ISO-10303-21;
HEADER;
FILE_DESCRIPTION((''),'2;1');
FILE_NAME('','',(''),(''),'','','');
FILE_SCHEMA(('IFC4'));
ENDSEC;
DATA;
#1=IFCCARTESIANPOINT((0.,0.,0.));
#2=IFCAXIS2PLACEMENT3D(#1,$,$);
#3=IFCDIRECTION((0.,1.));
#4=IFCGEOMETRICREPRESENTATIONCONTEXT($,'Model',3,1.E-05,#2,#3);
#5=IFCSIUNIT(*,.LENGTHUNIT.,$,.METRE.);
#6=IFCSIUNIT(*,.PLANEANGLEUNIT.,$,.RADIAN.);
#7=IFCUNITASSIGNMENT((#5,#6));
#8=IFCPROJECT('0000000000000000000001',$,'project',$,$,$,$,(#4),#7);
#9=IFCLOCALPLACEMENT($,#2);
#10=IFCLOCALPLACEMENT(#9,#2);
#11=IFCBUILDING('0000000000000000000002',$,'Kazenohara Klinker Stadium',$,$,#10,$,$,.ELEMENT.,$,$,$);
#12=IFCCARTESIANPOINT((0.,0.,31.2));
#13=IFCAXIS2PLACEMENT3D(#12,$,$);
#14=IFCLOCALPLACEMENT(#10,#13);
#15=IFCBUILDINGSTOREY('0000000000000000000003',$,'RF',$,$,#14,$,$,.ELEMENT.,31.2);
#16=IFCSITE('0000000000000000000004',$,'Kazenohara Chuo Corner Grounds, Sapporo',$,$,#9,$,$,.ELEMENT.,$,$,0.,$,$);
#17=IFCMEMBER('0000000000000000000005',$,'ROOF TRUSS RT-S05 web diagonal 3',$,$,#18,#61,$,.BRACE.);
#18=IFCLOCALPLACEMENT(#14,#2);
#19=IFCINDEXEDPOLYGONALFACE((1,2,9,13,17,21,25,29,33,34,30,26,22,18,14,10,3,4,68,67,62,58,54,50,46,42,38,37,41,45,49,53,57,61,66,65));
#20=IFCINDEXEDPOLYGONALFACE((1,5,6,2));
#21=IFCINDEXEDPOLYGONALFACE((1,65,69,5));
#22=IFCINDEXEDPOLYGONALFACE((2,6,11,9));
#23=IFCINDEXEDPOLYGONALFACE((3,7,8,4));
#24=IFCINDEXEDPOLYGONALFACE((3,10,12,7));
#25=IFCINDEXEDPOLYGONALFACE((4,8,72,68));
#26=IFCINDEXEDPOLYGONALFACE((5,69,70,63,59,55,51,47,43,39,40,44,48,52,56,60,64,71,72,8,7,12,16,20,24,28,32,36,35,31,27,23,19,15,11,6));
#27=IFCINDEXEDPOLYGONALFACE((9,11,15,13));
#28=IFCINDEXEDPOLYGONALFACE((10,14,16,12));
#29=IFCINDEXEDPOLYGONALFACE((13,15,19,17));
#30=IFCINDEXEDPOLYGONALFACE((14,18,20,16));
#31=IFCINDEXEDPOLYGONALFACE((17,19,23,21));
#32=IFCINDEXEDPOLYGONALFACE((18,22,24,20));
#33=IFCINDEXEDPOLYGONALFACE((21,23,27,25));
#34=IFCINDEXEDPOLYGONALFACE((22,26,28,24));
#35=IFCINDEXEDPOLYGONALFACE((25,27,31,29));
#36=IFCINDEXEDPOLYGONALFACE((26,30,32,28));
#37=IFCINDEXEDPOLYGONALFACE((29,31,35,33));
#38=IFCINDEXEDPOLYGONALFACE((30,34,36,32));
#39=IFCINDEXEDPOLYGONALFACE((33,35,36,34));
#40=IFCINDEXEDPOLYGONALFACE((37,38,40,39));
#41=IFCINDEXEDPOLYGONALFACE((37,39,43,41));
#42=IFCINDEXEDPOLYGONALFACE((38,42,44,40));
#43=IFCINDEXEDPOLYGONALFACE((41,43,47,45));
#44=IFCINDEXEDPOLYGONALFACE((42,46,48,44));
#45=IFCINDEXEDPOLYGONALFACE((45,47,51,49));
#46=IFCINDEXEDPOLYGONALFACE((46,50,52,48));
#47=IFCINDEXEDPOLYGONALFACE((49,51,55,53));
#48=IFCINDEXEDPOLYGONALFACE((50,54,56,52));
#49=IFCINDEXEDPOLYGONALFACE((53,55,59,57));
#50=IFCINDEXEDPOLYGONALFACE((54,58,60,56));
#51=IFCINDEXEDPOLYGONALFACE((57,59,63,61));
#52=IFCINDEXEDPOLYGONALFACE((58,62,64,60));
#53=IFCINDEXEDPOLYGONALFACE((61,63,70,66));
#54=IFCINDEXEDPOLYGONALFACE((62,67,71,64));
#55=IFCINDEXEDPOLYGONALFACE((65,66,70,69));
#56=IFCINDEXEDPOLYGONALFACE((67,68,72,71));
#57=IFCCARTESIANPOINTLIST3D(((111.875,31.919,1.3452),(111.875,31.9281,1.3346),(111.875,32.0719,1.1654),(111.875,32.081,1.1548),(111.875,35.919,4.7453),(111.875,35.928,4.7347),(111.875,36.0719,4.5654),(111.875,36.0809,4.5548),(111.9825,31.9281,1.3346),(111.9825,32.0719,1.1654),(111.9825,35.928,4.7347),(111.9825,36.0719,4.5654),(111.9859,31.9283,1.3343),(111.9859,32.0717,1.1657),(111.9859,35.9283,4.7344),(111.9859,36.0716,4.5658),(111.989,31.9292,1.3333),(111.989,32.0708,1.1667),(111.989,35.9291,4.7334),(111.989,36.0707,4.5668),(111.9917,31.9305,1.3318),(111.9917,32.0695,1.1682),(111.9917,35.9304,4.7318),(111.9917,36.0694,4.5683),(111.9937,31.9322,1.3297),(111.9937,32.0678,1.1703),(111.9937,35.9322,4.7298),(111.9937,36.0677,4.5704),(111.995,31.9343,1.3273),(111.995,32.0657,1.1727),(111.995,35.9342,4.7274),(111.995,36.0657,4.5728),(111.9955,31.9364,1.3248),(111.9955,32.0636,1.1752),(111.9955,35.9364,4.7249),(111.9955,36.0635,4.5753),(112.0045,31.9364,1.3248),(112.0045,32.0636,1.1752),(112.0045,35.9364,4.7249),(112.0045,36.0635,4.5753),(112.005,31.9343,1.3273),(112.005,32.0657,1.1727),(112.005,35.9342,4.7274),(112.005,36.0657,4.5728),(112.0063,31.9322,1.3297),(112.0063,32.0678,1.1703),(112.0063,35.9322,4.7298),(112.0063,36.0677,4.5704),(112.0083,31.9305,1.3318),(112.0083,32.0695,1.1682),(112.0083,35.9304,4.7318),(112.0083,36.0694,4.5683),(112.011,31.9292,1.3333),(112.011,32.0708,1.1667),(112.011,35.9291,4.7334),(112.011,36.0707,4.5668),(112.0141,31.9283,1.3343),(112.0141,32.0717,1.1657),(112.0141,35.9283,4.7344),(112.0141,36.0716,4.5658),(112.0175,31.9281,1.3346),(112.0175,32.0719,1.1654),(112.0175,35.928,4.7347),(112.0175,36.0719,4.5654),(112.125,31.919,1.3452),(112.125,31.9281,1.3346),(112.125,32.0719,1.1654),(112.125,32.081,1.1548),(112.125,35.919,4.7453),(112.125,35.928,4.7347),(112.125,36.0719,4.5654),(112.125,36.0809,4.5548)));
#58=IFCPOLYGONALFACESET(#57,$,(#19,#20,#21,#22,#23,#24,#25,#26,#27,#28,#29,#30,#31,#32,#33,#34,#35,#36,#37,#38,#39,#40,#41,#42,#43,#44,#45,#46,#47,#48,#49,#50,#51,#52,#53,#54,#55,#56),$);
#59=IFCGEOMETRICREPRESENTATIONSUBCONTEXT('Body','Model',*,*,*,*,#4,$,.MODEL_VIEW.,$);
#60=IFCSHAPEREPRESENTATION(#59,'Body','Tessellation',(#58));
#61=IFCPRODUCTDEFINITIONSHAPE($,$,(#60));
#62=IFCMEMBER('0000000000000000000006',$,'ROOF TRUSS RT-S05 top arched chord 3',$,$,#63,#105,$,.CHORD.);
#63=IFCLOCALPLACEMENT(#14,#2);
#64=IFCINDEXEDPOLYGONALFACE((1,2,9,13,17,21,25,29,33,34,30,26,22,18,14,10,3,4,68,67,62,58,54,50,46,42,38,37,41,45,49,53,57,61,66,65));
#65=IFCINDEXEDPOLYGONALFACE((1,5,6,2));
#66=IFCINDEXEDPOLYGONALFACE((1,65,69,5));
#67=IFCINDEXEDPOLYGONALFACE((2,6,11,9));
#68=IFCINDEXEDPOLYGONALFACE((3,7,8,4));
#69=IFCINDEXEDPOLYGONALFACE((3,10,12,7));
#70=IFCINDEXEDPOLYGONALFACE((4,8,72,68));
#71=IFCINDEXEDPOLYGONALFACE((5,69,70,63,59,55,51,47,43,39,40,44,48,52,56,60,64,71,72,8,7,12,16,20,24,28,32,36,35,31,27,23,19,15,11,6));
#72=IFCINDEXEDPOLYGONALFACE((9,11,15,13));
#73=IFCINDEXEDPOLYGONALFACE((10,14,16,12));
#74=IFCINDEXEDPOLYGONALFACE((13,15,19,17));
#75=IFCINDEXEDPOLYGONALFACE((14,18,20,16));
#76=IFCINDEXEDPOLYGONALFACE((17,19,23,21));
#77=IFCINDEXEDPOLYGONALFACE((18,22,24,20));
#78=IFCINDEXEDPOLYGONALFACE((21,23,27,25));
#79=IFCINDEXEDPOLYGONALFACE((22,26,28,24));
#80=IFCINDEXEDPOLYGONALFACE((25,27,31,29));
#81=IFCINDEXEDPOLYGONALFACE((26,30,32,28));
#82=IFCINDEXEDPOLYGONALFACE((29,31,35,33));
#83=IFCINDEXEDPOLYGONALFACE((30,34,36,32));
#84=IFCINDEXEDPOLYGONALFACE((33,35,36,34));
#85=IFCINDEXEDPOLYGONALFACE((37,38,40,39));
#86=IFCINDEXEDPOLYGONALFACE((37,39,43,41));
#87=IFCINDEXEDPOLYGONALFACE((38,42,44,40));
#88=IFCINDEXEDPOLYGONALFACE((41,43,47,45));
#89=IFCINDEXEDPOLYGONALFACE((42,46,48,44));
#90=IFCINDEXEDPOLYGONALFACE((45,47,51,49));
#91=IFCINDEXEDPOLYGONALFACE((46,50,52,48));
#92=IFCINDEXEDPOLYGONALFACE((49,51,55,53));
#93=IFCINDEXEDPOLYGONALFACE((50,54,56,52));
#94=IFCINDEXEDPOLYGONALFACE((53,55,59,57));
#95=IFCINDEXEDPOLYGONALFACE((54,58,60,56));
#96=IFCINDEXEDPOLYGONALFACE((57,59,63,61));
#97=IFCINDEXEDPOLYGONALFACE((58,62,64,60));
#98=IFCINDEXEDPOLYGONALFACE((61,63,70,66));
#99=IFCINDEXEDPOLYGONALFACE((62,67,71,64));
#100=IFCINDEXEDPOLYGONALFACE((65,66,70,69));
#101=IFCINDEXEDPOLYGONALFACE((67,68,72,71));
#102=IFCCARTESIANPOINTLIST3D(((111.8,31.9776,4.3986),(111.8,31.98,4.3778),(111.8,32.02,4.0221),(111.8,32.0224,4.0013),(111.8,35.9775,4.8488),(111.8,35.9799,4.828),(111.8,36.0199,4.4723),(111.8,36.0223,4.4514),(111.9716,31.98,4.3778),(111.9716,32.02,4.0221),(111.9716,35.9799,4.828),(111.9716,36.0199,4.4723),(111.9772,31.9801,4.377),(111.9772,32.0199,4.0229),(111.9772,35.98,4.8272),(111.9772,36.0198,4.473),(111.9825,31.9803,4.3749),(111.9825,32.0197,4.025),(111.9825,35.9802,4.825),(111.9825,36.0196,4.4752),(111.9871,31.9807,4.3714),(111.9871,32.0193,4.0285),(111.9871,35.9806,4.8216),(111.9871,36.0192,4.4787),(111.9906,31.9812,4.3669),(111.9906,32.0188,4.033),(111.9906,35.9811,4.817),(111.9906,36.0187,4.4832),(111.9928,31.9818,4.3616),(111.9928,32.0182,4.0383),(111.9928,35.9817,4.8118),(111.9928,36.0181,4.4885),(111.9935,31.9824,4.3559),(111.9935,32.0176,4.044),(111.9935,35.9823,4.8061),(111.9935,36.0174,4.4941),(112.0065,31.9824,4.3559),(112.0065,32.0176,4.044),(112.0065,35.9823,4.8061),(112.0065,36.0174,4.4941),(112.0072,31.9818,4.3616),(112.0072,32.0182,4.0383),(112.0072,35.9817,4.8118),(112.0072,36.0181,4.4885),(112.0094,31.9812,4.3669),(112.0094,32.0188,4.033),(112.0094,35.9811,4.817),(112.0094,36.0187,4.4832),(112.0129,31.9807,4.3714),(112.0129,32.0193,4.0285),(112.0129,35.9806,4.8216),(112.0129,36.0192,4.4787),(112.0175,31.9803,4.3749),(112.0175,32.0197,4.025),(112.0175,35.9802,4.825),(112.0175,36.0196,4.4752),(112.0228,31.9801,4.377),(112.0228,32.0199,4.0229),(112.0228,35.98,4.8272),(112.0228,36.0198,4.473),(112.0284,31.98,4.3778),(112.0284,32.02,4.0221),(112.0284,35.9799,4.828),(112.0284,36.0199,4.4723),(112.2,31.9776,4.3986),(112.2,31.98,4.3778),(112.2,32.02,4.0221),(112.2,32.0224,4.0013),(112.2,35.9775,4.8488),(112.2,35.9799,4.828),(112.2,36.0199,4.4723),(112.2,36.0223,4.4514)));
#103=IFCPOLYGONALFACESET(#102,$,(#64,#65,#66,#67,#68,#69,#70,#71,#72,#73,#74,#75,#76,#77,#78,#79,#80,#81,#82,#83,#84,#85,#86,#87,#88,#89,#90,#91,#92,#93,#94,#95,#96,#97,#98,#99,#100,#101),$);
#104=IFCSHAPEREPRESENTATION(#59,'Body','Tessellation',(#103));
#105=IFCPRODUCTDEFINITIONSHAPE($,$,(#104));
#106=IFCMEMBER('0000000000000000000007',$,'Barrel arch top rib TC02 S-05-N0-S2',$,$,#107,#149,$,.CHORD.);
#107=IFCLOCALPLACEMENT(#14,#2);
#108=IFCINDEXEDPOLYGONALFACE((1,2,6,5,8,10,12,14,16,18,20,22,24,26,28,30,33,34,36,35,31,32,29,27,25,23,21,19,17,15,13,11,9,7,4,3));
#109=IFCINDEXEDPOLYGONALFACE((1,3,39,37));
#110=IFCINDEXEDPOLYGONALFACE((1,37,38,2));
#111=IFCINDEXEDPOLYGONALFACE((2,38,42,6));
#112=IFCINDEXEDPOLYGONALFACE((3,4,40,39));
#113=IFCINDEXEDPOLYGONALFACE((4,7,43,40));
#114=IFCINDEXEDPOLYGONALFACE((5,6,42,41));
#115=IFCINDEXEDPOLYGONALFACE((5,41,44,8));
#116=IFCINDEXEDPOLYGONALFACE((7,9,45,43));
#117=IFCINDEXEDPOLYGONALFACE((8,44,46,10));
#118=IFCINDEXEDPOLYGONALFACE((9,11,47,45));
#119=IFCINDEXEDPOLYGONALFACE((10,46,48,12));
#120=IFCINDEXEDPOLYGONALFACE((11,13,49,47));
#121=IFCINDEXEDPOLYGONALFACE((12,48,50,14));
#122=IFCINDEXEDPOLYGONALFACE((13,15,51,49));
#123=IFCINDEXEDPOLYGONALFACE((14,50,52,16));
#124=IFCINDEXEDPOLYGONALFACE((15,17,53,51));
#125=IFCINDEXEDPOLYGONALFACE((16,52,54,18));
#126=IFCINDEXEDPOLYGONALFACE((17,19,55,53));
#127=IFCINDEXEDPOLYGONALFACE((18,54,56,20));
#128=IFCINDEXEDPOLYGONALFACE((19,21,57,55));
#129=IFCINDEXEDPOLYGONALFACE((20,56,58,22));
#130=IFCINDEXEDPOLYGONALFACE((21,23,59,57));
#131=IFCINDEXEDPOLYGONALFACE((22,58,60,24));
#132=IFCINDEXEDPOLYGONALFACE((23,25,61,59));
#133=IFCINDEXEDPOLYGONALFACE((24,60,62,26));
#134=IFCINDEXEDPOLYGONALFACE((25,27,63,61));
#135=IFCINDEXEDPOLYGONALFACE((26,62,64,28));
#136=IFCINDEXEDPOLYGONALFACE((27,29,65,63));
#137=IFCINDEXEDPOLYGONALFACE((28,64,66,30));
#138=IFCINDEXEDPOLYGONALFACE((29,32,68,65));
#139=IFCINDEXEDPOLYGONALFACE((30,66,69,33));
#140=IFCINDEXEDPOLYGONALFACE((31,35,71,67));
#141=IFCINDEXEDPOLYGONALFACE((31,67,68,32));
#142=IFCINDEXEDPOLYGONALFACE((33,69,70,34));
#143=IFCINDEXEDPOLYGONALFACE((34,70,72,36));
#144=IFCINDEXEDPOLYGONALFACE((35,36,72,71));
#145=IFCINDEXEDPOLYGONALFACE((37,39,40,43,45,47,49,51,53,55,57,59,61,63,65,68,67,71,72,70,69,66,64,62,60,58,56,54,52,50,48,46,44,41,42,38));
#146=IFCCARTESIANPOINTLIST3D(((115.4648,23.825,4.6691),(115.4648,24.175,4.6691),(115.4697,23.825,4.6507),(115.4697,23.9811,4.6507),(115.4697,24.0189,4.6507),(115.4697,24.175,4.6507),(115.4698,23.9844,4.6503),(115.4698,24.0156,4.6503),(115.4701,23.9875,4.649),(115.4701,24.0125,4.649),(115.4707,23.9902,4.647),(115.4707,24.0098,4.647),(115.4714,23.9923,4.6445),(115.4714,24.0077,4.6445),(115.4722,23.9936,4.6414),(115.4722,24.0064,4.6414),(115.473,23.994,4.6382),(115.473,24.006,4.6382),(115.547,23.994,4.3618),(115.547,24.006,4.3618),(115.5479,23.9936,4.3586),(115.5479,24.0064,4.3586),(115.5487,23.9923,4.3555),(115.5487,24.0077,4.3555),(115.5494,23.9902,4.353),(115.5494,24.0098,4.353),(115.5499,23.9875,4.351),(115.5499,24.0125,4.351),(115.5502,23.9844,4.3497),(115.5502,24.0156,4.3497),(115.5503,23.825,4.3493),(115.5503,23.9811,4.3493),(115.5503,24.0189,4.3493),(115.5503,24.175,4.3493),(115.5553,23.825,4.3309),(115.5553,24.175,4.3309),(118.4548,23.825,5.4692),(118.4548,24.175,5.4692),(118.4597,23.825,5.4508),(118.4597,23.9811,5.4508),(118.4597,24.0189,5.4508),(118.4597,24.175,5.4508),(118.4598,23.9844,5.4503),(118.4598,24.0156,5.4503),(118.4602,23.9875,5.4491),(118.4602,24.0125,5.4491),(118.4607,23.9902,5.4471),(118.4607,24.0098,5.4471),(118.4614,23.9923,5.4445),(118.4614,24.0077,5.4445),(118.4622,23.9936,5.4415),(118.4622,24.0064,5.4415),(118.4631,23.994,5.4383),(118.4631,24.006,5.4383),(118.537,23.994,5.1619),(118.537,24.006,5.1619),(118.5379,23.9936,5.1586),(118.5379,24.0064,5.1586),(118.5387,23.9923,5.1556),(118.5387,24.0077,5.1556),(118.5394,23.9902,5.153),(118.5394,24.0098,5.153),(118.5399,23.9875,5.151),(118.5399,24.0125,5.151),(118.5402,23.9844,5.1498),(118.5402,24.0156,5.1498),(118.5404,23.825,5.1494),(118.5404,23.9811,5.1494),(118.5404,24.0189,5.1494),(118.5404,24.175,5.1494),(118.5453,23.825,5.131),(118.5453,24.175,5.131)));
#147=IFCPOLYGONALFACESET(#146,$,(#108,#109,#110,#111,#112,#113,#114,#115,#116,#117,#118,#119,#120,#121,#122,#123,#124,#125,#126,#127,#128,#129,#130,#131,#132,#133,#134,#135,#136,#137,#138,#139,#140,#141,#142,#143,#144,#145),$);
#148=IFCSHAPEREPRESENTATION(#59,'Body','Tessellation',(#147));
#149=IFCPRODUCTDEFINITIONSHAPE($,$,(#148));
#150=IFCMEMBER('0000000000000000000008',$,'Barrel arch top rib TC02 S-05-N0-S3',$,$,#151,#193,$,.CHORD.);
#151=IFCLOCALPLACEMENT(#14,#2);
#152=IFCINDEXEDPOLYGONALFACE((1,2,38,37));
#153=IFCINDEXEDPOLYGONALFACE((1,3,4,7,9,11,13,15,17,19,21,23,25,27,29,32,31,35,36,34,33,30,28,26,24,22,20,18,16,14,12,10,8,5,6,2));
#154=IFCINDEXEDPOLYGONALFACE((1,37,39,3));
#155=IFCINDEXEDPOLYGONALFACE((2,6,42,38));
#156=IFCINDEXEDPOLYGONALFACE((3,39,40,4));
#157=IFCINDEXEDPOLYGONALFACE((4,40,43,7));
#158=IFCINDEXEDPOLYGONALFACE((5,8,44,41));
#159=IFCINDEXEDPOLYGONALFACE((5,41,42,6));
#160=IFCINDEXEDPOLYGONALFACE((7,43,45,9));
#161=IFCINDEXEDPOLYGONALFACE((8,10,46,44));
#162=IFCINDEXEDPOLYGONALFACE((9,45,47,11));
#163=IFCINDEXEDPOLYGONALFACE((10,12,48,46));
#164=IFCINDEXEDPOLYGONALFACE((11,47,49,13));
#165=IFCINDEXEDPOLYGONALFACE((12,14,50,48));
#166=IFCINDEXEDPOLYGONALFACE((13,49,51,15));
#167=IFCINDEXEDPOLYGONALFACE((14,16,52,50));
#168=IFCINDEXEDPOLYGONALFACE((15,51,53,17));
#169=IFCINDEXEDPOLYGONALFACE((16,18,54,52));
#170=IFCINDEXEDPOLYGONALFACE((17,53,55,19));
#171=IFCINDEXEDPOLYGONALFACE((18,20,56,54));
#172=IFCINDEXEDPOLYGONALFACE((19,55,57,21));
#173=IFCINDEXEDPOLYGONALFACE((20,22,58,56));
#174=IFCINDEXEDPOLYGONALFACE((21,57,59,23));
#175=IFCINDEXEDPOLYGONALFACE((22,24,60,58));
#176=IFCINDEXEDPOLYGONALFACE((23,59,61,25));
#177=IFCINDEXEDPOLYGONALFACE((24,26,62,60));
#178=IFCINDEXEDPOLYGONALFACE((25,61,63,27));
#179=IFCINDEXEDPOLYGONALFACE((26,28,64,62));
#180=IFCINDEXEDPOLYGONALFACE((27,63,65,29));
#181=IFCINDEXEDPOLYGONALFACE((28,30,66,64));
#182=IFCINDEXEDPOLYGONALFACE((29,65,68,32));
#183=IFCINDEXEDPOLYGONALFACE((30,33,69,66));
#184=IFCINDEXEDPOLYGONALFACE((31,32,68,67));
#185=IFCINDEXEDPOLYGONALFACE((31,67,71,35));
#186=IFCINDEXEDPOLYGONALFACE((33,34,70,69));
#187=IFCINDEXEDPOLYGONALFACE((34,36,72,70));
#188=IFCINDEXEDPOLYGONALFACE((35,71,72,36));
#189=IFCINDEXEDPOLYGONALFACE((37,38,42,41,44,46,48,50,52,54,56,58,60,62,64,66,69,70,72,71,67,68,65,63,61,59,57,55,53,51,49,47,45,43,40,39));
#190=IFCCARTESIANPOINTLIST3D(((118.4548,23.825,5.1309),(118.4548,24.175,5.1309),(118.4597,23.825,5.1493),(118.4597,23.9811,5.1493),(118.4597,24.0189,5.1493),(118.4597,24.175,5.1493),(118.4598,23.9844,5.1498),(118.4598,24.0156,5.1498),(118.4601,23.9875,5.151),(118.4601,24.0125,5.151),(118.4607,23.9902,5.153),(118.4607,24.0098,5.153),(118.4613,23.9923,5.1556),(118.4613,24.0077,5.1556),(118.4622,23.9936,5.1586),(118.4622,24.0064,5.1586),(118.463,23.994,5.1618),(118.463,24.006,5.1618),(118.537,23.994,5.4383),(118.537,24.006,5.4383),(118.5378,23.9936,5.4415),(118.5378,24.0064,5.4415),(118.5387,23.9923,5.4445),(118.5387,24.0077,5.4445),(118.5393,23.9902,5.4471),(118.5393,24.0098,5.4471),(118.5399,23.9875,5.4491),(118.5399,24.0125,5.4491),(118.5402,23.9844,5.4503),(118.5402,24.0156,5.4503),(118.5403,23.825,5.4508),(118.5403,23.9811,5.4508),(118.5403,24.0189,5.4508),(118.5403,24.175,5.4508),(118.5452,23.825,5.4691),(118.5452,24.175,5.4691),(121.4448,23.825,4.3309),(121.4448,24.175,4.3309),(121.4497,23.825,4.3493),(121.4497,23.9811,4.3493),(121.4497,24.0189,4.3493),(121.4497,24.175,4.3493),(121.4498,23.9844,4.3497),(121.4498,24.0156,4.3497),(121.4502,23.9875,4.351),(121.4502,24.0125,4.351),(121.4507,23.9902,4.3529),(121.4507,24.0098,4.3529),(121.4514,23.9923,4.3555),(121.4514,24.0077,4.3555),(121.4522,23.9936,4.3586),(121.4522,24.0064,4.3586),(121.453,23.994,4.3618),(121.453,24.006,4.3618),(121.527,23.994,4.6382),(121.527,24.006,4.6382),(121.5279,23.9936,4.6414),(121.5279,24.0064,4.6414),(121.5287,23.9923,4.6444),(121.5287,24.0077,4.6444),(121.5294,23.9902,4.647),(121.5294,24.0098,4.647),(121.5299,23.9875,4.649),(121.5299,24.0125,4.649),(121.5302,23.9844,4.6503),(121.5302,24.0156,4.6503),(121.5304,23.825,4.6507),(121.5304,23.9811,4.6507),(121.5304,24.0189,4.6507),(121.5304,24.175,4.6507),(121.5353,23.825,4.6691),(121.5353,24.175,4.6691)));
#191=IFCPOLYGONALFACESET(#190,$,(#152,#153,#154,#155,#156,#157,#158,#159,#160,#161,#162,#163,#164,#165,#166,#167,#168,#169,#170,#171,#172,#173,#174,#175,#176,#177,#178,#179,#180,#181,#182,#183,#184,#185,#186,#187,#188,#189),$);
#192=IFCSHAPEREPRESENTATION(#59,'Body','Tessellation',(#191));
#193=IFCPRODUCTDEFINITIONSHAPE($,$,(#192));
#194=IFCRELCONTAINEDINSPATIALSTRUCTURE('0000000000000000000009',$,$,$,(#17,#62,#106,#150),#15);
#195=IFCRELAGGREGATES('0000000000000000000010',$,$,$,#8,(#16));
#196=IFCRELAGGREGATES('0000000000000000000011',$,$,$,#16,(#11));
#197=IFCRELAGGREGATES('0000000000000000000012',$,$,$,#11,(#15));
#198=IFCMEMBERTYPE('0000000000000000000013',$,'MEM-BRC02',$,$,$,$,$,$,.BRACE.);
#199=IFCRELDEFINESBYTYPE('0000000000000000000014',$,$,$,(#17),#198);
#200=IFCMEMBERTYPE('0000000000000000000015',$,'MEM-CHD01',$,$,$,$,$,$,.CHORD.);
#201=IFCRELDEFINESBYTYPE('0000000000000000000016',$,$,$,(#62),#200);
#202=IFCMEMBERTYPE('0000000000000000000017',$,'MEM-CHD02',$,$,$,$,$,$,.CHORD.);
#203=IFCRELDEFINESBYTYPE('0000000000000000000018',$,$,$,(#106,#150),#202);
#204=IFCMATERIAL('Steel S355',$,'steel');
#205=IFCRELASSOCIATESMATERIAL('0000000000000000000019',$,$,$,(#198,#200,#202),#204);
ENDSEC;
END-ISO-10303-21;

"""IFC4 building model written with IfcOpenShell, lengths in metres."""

from ifc_helpers import new_model, si_unit, direction, frame, origin, origin_2d, place, context, subcontext, project, spatial, i_section, extrude, material, material_profile, profile_set, type_object, element, save


model = new_model("IFC4")

# Units and contexts
model_context = context("Model", 3, precision=1e-05, world=origin(), true_north=direction((0.0, 1.0)))
body_context = subcontext(model_context, "Body", "Model", "MODEL_VIEW")
ifc_project = project(units=[si_unit("LENGTHUNIT", "METRE"), si_unit("PLANEANGLEUNIT", "RADIAN")], contexts=[model_context])

# Site, building, storey
site_placement = place(None, origin())
site = spatial("IfcSite", under=ifc_project, at=site_placement, Name="Kazenohara Chuo Corner Grounds, Sapporo", CompositionType="ELEMENT", RefElevation=0.0)
building_placement = place(site_placement, origin())
building = spatial("IfcBuilding", under=site, at=building_placement, Name="Kazenohara Klinker Stadium", CompositionType="ELEMENT")
storey_placement = place(building_placement, frame((0.0, 0.0, 31.2)))
storey = spatial("IfcBuildingStorey", under=building, at=storey_placement, Name="RF", CompositionType="ELEMENT", Elevation=31.2)

# Members
ifc_material_1 = material(Name="Steel S355", Category="steel")
ifc_material_profile_1 = material_profile(ifc_material_1, i_section(OverallWidth=0.25, OverallDepth=0.25, WebThickness=0.009, FlangeThickness=0.0139, FilletRadius=0.0129, at=origin_2d()), Name="H-250x250x9x14")
ifc_profile_set_1 = profile_set([ifc_material_profile_1], Name="Steel S355")
member_type_1 = type_object("IfcMemberType", Name="MEM-BRC02", PredefinedType="BRACE", material=ifc_profile_set_1)
member_1_placement = place(storey_placement, frame((112.0, 32.0, 1.25), z_axis=(0.0, 0.761926, 0.647665), x_axis=(-1.0, 0.0, 0.0)))
element("IfcMember", 1, at=member_1_placement, inside=storey, type_object=member_type_1, Name="ROOF TRUSS RT-S05 web diagonal 3", PredefinedType="BRACE", context=body_context, shape_type="SweptSolid", body=[
    extrude(i_section(OverallWidth=0.25, OverallDepth=0.25, WebThickness=0.009, FlangeThickness=0.0139, FilletRadius=0.0129, at=origin_2d()), origin(), (0.0, 0.0, 1.0), 5.2498),
])
ifc_material_profile_2 = material_profile(ifc_material_1, i_section(OverallWidth=0.3999, OverallDepth=0.3999, WebThickness=0.0129, FlangeThickness=0.021, FilletRadius=0.022, at=origin_2d()), Name="H-400x400x13x21")
ifc_profile_set_2 = profile_set([ifc_material_profile_2], Name="Steel S355")
member_type_2 = type_object("IfcMemberType", Name="MEM-CHD01", PredefinedType="CHORD", material=ifc_profile_set_2)
member_2_placement = place(storey_placement, frame((112.0, 32.0, 4.2), z_axis=(0.0, 0.993726, 0.111843), x_axis=(-1.0, 0.0, 0.0)))
element("IfcMember", 2, at=member_2_placement, inside=storey, type_object=member_type_2, Name="ROOF TRUSS RT-S05 top arched chord 3", PredefinedType="CHORD", context=body_context, shape_type="SweptSolid", body=[
    extrude(i_section(OverallWidth=0.3999, OverallDepth=0.3999, WebThickness=0.0129, FlangeThickness=0.021, FilletRadius=0.022, at=origin_2d()), origin(), (0.0, 0.0, 1.0), 4.0251),
])
ifc_material_profile_3 = material_profile(ifc_material_1, i_section(OverallWidth=0.3501, OverallDepth=0.3501, WebThickness=0.012, FlangeThickness=0.019, FilletRadius=0.0129, at=origin_2d()), Name="H-350x350x12x19")
ifc_profile_set_3 = profile_set([ifc_material_profile_3], Name="Steel S355")
member_type_3 = type_object("IfcMemberType", Name="MEM-CHD02", PredefinedType="CHORD", material=ifc_profile_set_3)
for number, where, z_axis, x_axis, name in (
    (3, (115.51, 24.0, 4.5), (0.966016, 0.0, 0.258482), (0.0, 1.0, 0.0), "Barrel arch top rib TC02 S-05-N0-S2"),
    (4, (118.5, 24.0, 5.3), (0.966016, 0.0, -0.258482), (0.0, 1.0, 0.0), "Barrel arch top rib TC02 S-05-N0-S3"),
):
    element("IfcMember", number, at=place(storey_placement, frame(where, z_axis=z_axis, x_axis=x_axis)), inside=storey, type_object=member_type_3, Name=name, PredefinedType="CHORD", context=body_context, shape_type="SweptSolid", body=[
        extrude(i_section(OverallWidth=0.3501, OverallDepth=0.3501, WebThickness=0.012, FlangeThickness=0.019, FilletRadius=0.0129, at=origin_2d()), origin(), (0.0, 0.0, 1.0), 3.0952),
    ])

save(model, "model.ifc")
